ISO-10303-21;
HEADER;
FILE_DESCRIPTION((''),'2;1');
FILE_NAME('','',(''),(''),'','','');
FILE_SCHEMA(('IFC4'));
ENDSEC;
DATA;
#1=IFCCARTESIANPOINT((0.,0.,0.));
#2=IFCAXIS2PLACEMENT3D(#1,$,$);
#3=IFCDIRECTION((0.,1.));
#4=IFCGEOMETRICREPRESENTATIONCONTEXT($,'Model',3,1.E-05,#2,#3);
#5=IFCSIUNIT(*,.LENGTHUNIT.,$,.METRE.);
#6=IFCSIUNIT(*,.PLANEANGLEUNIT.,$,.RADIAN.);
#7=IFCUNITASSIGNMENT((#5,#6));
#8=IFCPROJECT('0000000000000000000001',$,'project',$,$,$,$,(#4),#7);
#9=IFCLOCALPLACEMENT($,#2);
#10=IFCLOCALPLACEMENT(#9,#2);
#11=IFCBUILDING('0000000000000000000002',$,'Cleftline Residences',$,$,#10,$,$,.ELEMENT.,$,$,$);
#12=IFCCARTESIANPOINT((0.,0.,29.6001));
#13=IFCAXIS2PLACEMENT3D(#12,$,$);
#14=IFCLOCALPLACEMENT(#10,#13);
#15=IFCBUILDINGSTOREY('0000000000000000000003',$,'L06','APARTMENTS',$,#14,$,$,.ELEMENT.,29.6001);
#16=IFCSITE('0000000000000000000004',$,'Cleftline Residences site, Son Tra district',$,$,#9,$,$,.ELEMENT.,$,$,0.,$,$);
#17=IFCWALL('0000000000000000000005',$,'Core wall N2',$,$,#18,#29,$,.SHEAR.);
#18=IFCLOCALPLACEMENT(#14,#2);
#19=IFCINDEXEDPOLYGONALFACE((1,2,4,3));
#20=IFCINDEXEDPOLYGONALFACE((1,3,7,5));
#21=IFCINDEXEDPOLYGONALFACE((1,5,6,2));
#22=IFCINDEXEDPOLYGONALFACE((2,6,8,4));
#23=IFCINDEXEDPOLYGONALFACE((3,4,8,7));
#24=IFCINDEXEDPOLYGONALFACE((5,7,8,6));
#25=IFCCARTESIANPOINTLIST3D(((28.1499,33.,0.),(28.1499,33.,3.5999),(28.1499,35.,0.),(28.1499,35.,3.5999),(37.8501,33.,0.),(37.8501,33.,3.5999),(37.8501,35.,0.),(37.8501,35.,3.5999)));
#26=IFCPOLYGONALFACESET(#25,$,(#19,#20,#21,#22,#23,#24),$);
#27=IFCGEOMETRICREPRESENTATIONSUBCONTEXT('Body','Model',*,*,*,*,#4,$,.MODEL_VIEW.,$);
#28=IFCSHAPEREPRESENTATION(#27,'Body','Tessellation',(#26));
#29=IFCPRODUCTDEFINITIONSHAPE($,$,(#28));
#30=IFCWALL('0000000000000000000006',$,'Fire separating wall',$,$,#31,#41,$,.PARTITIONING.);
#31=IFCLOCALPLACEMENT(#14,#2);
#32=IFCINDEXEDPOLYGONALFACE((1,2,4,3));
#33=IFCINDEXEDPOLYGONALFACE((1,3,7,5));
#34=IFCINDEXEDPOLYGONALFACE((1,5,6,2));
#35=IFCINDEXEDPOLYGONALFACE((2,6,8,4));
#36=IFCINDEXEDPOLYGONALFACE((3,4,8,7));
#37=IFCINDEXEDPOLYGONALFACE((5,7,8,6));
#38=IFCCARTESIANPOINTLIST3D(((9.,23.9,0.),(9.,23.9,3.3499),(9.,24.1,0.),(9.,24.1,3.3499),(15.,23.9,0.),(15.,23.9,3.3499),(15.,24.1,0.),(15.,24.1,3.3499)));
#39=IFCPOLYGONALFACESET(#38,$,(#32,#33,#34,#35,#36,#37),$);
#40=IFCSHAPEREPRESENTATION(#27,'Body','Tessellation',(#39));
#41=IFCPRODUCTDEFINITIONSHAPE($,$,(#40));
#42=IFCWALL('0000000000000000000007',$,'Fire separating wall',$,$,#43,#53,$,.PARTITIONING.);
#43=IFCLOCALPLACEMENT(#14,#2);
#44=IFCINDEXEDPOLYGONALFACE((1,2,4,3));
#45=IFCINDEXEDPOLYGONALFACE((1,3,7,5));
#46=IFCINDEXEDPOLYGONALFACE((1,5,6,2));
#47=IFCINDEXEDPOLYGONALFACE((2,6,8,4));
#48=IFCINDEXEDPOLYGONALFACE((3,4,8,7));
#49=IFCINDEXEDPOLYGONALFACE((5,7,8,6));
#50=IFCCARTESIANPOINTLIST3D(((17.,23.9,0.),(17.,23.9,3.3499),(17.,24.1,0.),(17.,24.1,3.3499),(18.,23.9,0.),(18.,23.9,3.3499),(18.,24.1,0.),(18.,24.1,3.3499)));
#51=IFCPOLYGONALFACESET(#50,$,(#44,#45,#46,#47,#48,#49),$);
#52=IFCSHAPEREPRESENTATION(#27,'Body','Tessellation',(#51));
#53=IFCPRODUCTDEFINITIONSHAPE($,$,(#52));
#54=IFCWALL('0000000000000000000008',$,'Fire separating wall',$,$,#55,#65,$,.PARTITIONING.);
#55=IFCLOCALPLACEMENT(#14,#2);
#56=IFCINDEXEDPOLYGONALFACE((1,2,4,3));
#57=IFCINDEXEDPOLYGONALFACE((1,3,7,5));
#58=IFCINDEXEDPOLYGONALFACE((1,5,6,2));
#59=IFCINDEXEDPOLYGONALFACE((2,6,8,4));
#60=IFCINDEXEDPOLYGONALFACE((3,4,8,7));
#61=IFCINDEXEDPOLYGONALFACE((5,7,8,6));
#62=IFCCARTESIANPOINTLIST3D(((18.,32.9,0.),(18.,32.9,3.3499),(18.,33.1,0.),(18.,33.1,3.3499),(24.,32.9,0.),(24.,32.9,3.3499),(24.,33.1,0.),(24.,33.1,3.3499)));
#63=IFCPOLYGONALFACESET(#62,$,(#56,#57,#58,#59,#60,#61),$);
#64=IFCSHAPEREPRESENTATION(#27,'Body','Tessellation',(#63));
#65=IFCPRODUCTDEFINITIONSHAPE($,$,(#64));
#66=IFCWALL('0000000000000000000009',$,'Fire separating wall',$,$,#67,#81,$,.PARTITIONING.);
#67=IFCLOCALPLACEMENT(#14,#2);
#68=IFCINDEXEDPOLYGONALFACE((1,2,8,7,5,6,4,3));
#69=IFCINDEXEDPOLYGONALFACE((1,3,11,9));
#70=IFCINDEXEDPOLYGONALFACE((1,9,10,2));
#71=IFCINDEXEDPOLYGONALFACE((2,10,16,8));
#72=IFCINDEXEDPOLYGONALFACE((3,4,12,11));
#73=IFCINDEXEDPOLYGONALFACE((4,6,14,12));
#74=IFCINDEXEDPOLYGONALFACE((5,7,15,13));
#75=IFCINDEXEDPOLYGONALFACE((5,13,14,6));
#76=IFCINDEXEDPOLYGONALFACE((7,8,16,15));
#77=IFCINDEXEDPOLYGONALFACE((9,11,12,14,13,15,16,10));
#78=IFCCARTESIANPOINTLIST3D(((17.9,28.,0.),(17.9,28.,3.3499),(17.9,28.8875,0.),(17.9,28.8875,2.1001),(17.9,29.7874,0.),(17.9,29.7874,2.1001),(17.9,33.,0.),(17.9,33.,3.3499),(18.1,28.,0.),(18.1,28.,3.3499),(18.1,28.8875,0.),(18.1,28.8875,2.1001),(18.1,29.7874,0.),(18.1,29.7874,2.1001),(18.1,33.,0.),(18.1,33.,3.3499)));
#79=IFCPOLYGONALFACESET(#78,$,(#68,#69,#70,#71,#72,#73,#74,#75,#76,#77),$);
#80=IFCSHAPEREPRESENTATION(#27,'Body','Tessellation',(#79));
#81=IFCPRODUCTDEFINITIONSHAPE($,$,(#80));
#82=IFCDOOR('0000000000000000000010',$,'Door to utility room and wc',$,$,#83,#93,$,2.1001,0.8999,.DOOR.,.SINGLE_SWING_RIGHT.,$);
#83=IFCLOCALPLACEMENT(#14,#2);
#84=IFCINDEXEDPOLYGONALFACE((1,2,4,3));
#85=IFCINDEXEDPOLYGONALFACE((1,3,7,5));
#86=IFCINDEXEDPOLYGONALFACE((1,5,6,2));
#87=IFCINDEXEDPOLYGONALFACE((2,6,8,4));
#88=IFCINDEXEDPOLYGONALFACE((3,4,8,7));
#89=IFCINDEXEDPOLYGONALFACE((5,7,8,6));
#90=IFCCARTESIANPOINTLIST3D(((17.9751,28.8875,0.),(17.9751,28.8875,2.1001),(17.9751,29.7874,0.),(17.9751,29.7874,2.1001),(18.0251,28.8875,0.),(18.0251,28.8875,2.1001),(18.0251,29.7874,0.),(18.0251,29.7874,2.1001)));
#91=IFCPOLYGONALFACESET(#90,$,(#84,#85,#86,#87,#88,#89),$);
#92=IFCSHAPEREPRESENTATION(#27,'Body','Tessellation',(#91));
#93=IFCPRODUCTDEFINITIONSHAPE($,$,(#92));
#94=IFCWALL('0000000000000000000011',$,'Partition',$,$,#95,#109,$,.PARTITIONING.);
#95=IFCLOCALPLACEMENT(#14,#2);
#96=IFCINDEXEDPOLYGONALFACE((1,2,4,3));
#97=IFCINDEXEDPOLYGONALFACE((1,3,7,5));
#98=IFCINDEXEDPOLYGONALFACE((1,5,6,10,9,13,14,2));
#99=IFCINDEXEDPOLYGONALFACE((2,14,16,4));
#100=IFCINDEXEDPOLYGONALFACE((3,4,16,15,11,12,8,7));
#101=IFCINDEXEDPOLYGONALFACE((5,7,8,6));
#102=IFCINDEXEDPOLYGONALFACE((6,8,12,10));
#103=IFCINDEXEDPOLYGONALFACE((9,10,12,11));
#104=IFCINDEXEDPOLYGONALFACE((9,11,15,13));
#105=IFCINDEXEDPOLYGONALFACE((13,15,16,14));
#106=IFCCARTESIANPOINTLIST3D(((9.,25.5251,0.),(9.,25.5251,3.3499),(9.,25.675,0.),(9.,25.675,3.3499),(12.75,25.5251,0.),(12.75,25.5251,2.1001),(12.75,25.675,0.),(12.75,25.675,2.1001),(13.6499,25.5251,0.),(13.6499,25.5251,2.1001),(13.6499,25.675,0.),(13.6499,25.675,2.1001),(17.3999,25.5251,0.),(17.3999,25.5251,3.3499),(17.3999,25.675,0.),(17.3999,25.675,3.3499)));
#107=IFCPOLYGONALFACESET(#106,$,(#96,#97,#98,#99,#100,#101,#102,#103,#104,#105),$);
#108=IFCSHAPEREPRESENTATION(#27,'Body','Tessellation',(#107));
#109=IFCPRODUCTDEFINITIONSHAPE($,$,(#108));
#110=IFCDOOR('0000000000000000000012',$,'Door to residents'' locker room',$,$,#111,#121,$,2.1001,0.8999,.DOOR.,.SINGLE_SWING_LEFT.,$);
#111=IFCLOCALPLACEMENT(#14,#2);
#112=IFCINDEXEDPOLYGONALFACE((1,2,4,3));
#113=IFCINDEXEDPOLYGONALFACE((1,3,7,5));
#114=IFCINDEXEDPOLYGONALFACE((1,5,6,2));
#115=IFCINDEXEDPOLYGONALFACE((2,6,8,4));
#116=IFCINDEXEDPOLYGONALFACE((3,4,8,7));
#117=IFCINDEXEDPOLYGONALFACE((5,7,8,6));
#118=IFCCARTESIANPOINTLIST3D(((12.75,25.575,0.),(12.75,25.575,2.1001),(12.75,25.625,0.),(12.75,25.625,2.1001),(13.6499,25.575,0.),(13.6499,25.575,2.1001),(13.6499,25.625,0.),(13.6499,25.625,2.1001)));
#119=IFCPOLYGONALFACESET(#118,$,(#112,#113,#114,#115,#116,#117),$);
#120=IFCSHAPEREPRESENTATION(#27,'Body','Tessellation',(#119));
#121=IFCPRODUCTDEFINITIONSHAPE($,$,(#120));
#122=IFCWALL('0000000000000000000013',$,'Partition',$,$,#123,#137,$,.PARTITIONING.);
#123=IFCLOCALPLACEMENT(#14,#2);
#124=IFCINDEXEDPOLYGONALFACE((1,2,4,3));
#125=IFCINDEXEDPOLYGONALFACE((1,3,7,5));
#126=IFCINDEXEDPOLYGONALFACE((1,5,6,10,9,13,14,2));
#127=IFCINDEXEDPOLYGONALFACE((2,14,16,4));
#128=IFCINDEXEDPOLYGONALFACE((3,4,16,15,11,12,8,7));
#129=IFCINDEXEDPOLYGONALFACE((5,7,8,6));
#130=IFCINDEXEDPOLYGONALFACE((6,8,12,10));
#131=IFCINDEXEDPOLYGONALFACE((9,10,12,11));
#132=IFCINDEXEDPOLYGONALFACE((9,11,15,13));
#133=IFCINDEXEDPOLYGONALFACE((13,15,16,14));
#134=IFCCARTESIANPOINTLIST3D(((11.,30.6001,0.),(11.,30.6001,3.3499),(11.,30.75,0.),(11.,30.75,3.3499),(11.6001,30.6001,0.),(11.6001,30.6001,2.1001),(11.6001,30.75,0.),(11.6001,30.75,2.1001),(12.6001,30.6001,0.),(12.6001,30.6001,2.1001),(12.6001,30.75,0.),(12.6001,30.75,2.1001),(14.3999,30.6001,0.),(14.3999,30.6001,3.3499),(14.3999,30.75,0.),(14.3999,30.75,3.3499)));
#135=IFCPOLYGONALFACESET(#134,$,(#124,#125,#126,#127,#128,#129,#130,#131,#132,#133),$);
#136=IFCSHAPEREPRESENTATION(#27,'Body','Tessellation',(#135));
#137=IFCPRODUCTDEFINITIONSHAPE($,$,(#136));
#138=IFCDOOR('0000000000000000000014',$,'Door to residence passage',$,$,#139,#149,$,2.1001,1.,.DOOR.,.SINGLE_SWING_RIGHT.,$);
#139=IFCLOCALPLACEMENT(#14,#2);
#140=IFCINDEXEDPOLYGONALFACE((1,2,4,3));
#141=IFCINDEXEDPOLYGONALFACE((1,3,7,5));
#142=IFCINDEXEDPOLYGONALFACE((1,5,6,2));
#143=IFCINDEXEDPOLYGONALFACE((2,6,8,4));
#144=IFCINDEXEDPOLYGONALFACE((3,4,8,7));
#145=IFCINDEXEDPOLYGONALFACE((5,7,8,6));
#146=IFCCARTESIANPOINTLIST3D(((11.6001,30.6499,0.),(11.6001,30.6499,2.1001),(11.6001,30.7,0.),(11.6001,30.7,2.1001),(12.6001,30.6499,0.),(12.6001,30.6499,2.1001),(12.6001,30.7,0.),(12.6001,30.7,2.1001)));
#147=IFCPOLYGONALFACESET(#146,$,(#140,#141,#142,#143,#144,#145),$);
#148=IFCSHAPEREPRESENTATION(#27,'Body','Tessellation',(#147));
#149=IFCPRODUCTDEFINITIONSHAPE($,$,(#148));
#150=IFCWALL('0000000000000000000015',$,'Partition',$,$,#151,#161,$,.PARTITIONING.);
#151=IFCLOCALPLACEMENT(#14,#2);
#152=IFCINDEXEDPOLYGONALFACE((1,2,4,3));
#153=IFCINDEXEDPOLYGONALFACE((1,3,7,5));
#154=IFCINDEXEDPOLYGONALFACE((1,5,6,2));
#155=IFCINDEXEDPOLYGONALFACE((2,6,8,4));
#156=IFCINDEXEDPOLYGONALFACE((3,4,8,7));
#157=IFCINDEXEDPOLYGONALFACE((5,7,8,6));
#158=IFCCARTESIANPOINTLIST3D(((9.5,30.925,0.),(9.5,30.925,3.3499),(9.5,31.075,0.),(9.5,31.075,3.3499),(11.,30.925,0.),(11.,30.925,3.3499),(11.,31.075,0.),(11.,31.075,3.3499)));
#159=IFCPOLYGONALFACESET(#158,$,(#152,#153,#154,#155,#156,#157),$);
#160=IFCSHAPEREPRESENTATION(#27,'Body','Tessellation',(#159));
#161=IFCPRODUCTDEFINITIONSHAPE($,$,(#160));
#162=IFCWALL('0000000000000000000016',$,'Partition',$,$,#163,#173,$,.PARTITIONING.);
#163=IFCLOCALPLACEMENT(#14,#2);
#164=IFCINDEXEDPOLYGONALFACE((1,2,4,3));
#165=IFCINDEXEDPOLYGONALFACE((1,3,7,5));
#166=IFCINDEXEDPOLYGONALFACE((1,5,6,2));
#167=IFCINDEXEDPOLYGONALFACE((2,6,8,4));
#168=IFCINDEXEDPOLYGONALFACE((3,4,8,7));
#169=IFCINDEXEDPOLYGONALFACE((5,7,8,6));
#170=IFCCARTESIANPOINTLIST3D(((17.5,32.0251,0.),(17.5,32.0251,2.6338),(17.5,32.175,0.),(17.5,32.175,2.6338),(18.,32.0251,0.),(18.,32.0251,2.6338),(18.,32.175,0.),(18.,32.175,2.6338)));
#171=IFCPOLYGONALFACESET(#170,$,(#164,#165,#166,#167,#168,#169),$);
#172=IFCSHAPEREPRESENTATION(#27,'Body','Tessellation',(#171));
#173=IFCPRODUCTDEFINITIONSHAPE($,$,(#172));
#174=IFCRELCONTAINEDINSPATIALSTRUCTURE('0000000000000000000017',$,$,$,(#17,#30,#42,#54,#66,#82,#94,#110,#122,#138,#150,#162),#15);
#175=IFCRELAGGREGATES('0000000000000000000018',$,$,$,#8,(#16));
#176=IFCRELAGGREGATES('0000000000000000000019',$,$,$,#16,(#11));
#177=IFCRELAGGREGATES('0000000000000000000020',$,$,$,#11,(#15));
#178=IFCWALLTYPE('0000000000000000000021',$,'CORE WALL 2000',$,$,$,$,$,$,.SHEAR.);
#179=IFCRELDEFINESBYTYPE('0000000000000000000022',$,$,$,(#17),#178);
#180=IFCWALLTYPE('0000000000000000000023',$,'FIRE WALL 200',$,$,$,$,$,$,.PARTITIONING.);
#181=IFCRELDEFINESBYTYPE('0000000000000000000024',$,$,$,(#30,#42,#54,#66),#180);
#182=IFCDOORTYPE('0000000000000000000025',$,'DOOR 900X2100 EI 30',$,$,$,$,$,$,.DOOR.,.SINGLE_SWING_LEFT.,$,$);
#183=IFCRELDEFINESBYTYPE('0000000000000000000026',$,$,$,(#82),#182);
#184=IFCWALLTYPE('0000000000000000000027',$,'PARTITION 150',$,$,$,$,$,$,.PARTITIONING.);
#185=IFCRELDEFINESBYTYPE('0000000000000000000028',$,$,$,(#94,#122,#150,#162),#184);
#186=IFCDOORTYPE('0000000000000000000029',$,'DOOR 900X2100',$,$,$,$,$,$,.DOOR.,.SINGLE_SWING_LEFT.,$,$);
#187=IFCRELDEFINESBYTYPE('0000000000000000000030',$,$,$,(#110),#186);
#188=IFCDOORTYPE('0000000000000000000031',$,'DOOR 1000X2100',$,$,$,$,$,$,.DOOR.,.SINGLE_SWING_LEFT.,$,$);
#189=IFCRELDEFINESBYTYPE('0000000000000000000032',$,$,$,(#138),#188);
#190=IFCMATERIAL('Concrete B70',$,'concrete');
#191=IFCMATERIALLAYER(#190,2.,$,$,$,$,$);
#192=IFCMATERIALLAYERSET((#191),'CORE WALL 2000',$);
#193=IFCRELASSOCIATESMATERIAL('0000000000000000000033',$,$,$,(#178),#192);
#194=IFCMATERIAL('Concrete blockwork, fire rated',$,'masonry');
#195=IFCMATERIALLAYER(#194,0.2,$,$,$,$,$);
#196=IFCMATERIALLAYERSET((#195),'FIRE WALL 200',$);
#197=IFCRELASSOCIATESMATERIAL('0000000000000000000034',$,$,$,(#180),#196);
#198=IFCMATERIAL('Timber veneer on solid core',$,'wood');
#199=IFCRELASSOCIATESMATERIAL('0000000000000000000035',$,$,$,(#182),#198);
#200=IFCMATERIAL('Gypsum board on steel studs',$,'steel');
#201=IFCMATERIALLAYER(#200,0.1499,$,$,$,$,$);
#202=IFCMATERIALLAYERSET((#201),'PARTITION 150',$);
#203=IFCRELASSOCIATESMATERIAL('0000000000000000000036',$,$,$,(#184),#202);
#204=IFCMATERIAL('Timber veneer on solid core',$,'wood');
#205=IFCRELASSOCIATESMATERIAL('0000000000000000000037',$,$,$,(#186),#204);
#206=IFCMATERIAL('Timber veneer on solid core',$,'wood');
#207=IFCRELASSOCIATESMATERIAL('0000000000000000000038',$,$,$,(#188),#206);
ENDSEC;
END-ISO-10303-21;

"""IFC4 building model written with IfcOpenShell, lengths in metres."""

from ifc_helpers import new_model, si_unit, direction, frame, frame_2d, origin, place, context, subcontext, project, spatial, rectangle, extrude, material, layer, layer_set, type_object, element, fill, save


model = new_model("IFC4")

# Units and contexts
model_context = context("Model", 3, precision=1e-05, world=origin(), true_north=direction((0.0, 1.0)))
body_context = subcontext(model_context, "Body", "Model", "MODEL_VIEW")
ifc_project = project(units=[si_unit("LENGTHUNIT", "METRE"), si_unit("PLANEANGLEUNIT", "RADIAN")], contexts=[model_context])

# Site, building, storey
site_placement = place(None, origin())
site = spatial("IfcSite", under=ifc_project, at=site_placement, Name="Cleftline Residences site, Son Tra district", CompositionType="ELEMENT", RefElevation=0.0)
building_placement = place(site_placement, origin())
building = spatial("IfcBuilding", under=site, at=building_placement, Name="Cleftline Residences", CompositionType="ELEMENT")
storey_placement = place(building_placement, frame((0.0, 0.0, 29.6001)))
storey = spatial("IfcBuildingStorey", under=building, at=storey_placement, Name="L06", Description="APARTMENTS", CompositionType="ELEMENT", Elevation=29.6001)

# Walls
ifc_material_1 = material(Name="Concrete B70", Category="concrete")
ifc_layer_1 = layer(ifc_material_1, 2.0)
ifc_layer_set_1 = layer_set([ifc_layer_1], Name="CORE WALL 2000")
wall_type_1 = type_object("IfcWallType", Name="CORE WALL 2000", PredefinedType="SHEAR", material=ifc_layer_set_1)
wall_1_placement = place(storey_placement, frame((28.1499, 34.0, 0.0), z_axis=(0.0, 0.0, 1.0), x_axis=(1.0, 0.0, 0.0)))
element("IfcWall", 1, at=wall_1_placement, inside=storey, type_object=wall_type_1, Name="Core wall N2", PredefinedType="SHEAR", context=body_context, shape_type="SweptSolid", body=[
    extrude(rectangle(XDim=9.7002, YDim=2.0, at=frame_2d((4.8501, 0.0))), origin(), (0.0, 0.0, 1.0), 3.5999),
])
ifc_material_2 = material(Name="Concrete blockwork, fire rated", Category="masonry")
ifc_layer_2 = layer(ifc_material_2, 0.2)
ifc_layer_set_2 = layer_set([ifc_layer_2], Name="FIRE WALL 200")
wall_type_2 = type_object("IfcWallType", Name="FIRE WALL 200", PredefinedType="PARTITIONING", material=ifc_layer_set_2)
wall_2_placement = place(storey_placement, frame((9.0, 24.0, 0.0), z_axis=(0.0, 0.0, 1.0), x_axis=(1.0, 0.0, 0.0)))
element("IfcWall", 2, at=wall_2_placement, inside=storey, type_object=wall_type_2, Name="Fire separating wall", PredefinedType="PARTITIONING", context=body_context, shape_type="SweptSolid", body=[
    extrude(rectangle(XDim=6.0, YDim=0.2, at=frame_2d((3.0, 0.0))), origin(), (0.0, 0.0, 1.0), 3.3499),
])
wall_3_placement = place(storey_placement, frame((17.0, 24.0, 0.0), z_axis=(0.0, 0.0, 1.0), x_axis=(1.0, 0.0, 0.0)))
element("IfcWall", 3, at=wall_3_placement, inside=storey, type_object=wall_type_2, Name="Fire separating wall", PredefinedType="PARTITIONING", context=body_context, shape_type="SweptSolid", body=[
    extrude(rectangle(XDim=1.0, YDim=0.2, at=frame_2d((0.5, 0.0))), origin(), (0.0, 0.0, 1.0), 3.3499),
])
wall_4_placement = place(storey_placement, frame((18.0, 33.0, 0.0), z_axis=(0.0, 0.0, 1.0), x_axis=(1.0, 0.0, 0.0)))
element("IfcWall", 4, at=wall_4_placement, inside=storey, type_object=wall_type_2, Name="Fire separating wall", PredefinedType="PARTITIONING", context=body_context, shape_type="SweptSolid", body=[
    extrude(rectangle(XDim=6.0, YDim=0.2, at=frame_2d((3.0, 0.0))), origin(), (0.0, 0.0, 1.0), 3.3499),
])

# Walls, openings, doors
wall_5_placement = place(storey_placement, frame((18.0, 28.0, 0.0), z_axis=(0.0, 0.0, 1.0), x_axis=(0.0, 1.0, 0.0)))
wall_5 = element("IfcWall", 5, at=wall_5_placement, inside=storey, type_object=wall_type_2, Name="Fire separating wall", PredefinedType="PARTITIONING", context=body_context, shape_type="SweptSolid", body=[
    extrude(rectangle(XDim=5.0, YDim=0.2, at=frame_2d((2.5, 0.0))), origin(), (0.0, 0.0, 1.0), 3.3499),
])
opening_1_placement = place(wall_5_placement, frame((0.8875, 0.0, 0.0)))
opening_1 = element("IfcOpeningElement", 6, at=opening_1_placement, cuts=wall_5, PredefinedType="OPENING", context=body_context, shape_type="SweptSolid", body=[
    extrude(rectangle(XDim=0.8999, YDim=2.1001, at=frame_2d((0.45, 1.05))), frame((0.0, 0.1099, 0.0), z_axis=(0.0, -1.0, 0.0), x_axis=(1.0, 0.0, 0.0)), (0.0, 0.0, 1.0), 0.22),
])
ifc_material_3 = material(Name="Timber veneer on solid core", Category="wood")
door_type_1 = type_object("IfcDoorType", Name="DOOR 900X2100 EI 30", OperationType="SINGLE_SWING_LEFT", PredefinedType="DOOR", material=ifc_material_3)
door_1_placement = place(opening_1_placement, origin())
door_1 = element("IfcDoor", 7, at=door_1_placement, inside=storey, type_object=door_type_1, Name="Door to utility room and wc", OperationType="SINGLE_SWING_RIGHT", OverallHeight=2.1001, OverallWidth=0.8999, PredefinedType="DOOR", context=body_context, shape_type="SweptSolid", body=[
    extrude(rectangle(XDim=0.8999, YDim=2.1001, at=frame_2d((0.45, 1.05))), frame((0.0, 0.0249, 0.0), z_axis=(0.0, -1.0, 0.0), x_axis=(1.0, 0.0, 0.0)), (0.0, 0.0, 1.0), 0.05),
])
fill(opening_1, door_1)
ifc_material_4 = material(Name="Gypsum board on steel studs", Category="steel")
ifc_layer_3 = layer(ifc_material_4, 0.1499)
ifc_layer_set_3 = layer_set([ifc_layer_3], Name="PARTITION 150")
wall_type_3 = type_object("IfcWallType", Name="PARTITION 150", PredefinedType="PARTITIONING", material=ifc_layer_set_3)
wall_6_placement = place(storey_placement, frame((9.0, 25.6001, 0.0), z_axis=(0.0, 0.0, 1.0), x_axis=(1.0, 0.0, 0.0)))
wall_6 = element("IfcWall", 8, at=wall_6_placement, inside=storey, type_object=wall_type_3, Name="Partition", PredefinedType="PARTITIONING", context=body_context, shape_type="SweptSolid", body=[
    extrude(rectangle(XDim=8.3999, YDim=0.1499, at=frame_2d((4.2, 0.0))), origin(), (0.0, 0.0, 1.0), 3.3499),
])
opening_2_placement = place(wall_6_placement, frame((3.75, 0.0, 0.0)))
opening_2 = element("IfcOpeningElement", 9, at=opening_2_placement, cuts=wall_6, PredefinedType="OPENING", context=body_context, shape_type="SweptSolid", body=[
    extrude(rectangle(XDim=0.8999, YDim=2.1001, at=frame_2d((0.45, 1.05))), frame((0.0, 0.085, 0.0), z_axis=(0.0, -1.0, 0.0), x_axis=(1.0, 0.0, 0.0)), (0.0, 0.0, 1.0), 0.1699),
])
ifc_material_5 = material(Name="Timber veneer on solid core", Category="wood")
door_type_2 = type_object("IfcDoorType", Name="DOOR 900X2100", OperationType="SINGLE_SWING_LEFT", PredefinedType="DOOR", material=ifc_material_5)
door_2_placement = place(opening_2_placement, origin())
door_2 = element("IfcDoor", 10, at=door_2_placement, inside=storey, type_object=door_type_2, Name="Door to residents' locker room", OperationType="SINGLE_SWING_LEFT", OverallHeight=2.1001, OverallWidth=0.8999, PredefinedType="DOOR", context=body_context, shape_type="SweptSolid", body=[
    extrude(rectangle(XDim=0.8999, YDim=2.1001, at=frame_2d((0.45, 1.05))), frame((0.0, 0.0249, 0.0), z_axis=(0.0, -1.0, 0.0), x_axis=(1.0, 0.0, 0.0)), (0.0, 0.0, 1.0), 0.05),
])
fill(opening_2, door_2)
wall_7_placement = place(storey_placement, frame((11.0, 30.675, 0.0), z_axis=(0.0, 0.0, 1.0), x_axis=(1.0, 0.0, 0.0)))
wall_7 = element("IfcWall", 11, at=wall_7_placement, inside=storey, type_object=wall_type_3, Name="Partition", PredefinedType="PARTITIONING", context=body_context, shape_type="SweptSolid", body=[
    extrude(rectangle(XDim=3.3999, YDim=0.1499, at=frame_2d((1.7, 0.0))), origin(), (0.0, 0.0, 1.0), 3.3499),
])
opening_3_placement = place(wall_7_placement, frame((0.6001, 0.0, 0.0)))
opening_3 = element("IfcOpeningElement", 12, at=opening_3_placement, cuts=wall_7, PredefinedType="OPENING", context=body_context, shape_type="SweptSolid", body=[
    extrude(rectangle(XDim=1.0, YDim=2.1001, at=frame_2d((0.5, 1.05))), frame((0.0, 0.085, 0.0), z_axis=(0.0, -1.0, 0.0), x_axis=(1.0, 0.0, 0.0)), (0.0, 0.0, 1.0), 0.1699),
])
ifc_material_6 = material(Name="Timber veneer on solid core", Category="wood")
door_type_3 = type_object("IfcDoorType", Name="DOOR 1000X2100", OperationType="SINGLE_SWING_LEFT", PredefinedType="DOOR", material=ifc_material_6)
door_3_placement = place(opening_3_placement, origin())
door_3 = element("IfcDoor", 13, at=door_3_placement, inside=storey, type_object=door_type_3, Name="Door to residence passage", OperationType="SINGLE_SWING_RIGHT", OverallHeight=2.1001, OverallWidth=1.0, PredefinedType="DOOR", context=body_context, shape_type="SweptSolid", body=[
    extrude(rectangle(XDim=1.0, YDim=2.1001, at=frame_2d((0.5, 1.05))), frame((0.0, 0.0249, 0.0), z_axis=(0.0, -1.0, 0.0), x_axis=(1.0, 0.0, 0.0)), (0.0, 0.0, 1.0), 0.05),
])
fill(opening_3, door_3)

# Walls
wall_8_placement = place(storey_placement, frame((9.5, 31.0, 0.0), z_axis=(0.0, 0.0, 1.0), x_axis=(1.0, 0.0, 0.0)))
element("IfcWall", 14, at=wall_8_placement, inside=storey, type_object=wall_type_3, Name="Partition", PredefinedType="PARTITIONING", context=body_context, shape_type="SweptSolid", body=[
    extrude(rectangle(XDim=1.5, YDim=0.1499, at=frame_2d((0.75, 0.0))), origin(), (0.0, 0.0, 1.0), 3.3499),
])
wall_9_placement = place(storey_placement, frame((17.5, 32.1001, 0.0), z_axis=(0.0, 0.0, 1.0), x_axis=(1.0, 0.0, 0.0)))
element("IfcWall", 15, at=wall_9_placement, inside=storey, type_object=wall_type_3, Name="Partition", PredefinedType="PARTITIONING", context=body_context, shape_type="SweptSolid", body=[
    extrude(rectangle(XDim=0.5, YDim=0.1499, at=frame_2d((0.25, 0.0))), origin(), (0.0, 0.0, 1.0), 2.6338),
])

save(model, "model.ifc")
